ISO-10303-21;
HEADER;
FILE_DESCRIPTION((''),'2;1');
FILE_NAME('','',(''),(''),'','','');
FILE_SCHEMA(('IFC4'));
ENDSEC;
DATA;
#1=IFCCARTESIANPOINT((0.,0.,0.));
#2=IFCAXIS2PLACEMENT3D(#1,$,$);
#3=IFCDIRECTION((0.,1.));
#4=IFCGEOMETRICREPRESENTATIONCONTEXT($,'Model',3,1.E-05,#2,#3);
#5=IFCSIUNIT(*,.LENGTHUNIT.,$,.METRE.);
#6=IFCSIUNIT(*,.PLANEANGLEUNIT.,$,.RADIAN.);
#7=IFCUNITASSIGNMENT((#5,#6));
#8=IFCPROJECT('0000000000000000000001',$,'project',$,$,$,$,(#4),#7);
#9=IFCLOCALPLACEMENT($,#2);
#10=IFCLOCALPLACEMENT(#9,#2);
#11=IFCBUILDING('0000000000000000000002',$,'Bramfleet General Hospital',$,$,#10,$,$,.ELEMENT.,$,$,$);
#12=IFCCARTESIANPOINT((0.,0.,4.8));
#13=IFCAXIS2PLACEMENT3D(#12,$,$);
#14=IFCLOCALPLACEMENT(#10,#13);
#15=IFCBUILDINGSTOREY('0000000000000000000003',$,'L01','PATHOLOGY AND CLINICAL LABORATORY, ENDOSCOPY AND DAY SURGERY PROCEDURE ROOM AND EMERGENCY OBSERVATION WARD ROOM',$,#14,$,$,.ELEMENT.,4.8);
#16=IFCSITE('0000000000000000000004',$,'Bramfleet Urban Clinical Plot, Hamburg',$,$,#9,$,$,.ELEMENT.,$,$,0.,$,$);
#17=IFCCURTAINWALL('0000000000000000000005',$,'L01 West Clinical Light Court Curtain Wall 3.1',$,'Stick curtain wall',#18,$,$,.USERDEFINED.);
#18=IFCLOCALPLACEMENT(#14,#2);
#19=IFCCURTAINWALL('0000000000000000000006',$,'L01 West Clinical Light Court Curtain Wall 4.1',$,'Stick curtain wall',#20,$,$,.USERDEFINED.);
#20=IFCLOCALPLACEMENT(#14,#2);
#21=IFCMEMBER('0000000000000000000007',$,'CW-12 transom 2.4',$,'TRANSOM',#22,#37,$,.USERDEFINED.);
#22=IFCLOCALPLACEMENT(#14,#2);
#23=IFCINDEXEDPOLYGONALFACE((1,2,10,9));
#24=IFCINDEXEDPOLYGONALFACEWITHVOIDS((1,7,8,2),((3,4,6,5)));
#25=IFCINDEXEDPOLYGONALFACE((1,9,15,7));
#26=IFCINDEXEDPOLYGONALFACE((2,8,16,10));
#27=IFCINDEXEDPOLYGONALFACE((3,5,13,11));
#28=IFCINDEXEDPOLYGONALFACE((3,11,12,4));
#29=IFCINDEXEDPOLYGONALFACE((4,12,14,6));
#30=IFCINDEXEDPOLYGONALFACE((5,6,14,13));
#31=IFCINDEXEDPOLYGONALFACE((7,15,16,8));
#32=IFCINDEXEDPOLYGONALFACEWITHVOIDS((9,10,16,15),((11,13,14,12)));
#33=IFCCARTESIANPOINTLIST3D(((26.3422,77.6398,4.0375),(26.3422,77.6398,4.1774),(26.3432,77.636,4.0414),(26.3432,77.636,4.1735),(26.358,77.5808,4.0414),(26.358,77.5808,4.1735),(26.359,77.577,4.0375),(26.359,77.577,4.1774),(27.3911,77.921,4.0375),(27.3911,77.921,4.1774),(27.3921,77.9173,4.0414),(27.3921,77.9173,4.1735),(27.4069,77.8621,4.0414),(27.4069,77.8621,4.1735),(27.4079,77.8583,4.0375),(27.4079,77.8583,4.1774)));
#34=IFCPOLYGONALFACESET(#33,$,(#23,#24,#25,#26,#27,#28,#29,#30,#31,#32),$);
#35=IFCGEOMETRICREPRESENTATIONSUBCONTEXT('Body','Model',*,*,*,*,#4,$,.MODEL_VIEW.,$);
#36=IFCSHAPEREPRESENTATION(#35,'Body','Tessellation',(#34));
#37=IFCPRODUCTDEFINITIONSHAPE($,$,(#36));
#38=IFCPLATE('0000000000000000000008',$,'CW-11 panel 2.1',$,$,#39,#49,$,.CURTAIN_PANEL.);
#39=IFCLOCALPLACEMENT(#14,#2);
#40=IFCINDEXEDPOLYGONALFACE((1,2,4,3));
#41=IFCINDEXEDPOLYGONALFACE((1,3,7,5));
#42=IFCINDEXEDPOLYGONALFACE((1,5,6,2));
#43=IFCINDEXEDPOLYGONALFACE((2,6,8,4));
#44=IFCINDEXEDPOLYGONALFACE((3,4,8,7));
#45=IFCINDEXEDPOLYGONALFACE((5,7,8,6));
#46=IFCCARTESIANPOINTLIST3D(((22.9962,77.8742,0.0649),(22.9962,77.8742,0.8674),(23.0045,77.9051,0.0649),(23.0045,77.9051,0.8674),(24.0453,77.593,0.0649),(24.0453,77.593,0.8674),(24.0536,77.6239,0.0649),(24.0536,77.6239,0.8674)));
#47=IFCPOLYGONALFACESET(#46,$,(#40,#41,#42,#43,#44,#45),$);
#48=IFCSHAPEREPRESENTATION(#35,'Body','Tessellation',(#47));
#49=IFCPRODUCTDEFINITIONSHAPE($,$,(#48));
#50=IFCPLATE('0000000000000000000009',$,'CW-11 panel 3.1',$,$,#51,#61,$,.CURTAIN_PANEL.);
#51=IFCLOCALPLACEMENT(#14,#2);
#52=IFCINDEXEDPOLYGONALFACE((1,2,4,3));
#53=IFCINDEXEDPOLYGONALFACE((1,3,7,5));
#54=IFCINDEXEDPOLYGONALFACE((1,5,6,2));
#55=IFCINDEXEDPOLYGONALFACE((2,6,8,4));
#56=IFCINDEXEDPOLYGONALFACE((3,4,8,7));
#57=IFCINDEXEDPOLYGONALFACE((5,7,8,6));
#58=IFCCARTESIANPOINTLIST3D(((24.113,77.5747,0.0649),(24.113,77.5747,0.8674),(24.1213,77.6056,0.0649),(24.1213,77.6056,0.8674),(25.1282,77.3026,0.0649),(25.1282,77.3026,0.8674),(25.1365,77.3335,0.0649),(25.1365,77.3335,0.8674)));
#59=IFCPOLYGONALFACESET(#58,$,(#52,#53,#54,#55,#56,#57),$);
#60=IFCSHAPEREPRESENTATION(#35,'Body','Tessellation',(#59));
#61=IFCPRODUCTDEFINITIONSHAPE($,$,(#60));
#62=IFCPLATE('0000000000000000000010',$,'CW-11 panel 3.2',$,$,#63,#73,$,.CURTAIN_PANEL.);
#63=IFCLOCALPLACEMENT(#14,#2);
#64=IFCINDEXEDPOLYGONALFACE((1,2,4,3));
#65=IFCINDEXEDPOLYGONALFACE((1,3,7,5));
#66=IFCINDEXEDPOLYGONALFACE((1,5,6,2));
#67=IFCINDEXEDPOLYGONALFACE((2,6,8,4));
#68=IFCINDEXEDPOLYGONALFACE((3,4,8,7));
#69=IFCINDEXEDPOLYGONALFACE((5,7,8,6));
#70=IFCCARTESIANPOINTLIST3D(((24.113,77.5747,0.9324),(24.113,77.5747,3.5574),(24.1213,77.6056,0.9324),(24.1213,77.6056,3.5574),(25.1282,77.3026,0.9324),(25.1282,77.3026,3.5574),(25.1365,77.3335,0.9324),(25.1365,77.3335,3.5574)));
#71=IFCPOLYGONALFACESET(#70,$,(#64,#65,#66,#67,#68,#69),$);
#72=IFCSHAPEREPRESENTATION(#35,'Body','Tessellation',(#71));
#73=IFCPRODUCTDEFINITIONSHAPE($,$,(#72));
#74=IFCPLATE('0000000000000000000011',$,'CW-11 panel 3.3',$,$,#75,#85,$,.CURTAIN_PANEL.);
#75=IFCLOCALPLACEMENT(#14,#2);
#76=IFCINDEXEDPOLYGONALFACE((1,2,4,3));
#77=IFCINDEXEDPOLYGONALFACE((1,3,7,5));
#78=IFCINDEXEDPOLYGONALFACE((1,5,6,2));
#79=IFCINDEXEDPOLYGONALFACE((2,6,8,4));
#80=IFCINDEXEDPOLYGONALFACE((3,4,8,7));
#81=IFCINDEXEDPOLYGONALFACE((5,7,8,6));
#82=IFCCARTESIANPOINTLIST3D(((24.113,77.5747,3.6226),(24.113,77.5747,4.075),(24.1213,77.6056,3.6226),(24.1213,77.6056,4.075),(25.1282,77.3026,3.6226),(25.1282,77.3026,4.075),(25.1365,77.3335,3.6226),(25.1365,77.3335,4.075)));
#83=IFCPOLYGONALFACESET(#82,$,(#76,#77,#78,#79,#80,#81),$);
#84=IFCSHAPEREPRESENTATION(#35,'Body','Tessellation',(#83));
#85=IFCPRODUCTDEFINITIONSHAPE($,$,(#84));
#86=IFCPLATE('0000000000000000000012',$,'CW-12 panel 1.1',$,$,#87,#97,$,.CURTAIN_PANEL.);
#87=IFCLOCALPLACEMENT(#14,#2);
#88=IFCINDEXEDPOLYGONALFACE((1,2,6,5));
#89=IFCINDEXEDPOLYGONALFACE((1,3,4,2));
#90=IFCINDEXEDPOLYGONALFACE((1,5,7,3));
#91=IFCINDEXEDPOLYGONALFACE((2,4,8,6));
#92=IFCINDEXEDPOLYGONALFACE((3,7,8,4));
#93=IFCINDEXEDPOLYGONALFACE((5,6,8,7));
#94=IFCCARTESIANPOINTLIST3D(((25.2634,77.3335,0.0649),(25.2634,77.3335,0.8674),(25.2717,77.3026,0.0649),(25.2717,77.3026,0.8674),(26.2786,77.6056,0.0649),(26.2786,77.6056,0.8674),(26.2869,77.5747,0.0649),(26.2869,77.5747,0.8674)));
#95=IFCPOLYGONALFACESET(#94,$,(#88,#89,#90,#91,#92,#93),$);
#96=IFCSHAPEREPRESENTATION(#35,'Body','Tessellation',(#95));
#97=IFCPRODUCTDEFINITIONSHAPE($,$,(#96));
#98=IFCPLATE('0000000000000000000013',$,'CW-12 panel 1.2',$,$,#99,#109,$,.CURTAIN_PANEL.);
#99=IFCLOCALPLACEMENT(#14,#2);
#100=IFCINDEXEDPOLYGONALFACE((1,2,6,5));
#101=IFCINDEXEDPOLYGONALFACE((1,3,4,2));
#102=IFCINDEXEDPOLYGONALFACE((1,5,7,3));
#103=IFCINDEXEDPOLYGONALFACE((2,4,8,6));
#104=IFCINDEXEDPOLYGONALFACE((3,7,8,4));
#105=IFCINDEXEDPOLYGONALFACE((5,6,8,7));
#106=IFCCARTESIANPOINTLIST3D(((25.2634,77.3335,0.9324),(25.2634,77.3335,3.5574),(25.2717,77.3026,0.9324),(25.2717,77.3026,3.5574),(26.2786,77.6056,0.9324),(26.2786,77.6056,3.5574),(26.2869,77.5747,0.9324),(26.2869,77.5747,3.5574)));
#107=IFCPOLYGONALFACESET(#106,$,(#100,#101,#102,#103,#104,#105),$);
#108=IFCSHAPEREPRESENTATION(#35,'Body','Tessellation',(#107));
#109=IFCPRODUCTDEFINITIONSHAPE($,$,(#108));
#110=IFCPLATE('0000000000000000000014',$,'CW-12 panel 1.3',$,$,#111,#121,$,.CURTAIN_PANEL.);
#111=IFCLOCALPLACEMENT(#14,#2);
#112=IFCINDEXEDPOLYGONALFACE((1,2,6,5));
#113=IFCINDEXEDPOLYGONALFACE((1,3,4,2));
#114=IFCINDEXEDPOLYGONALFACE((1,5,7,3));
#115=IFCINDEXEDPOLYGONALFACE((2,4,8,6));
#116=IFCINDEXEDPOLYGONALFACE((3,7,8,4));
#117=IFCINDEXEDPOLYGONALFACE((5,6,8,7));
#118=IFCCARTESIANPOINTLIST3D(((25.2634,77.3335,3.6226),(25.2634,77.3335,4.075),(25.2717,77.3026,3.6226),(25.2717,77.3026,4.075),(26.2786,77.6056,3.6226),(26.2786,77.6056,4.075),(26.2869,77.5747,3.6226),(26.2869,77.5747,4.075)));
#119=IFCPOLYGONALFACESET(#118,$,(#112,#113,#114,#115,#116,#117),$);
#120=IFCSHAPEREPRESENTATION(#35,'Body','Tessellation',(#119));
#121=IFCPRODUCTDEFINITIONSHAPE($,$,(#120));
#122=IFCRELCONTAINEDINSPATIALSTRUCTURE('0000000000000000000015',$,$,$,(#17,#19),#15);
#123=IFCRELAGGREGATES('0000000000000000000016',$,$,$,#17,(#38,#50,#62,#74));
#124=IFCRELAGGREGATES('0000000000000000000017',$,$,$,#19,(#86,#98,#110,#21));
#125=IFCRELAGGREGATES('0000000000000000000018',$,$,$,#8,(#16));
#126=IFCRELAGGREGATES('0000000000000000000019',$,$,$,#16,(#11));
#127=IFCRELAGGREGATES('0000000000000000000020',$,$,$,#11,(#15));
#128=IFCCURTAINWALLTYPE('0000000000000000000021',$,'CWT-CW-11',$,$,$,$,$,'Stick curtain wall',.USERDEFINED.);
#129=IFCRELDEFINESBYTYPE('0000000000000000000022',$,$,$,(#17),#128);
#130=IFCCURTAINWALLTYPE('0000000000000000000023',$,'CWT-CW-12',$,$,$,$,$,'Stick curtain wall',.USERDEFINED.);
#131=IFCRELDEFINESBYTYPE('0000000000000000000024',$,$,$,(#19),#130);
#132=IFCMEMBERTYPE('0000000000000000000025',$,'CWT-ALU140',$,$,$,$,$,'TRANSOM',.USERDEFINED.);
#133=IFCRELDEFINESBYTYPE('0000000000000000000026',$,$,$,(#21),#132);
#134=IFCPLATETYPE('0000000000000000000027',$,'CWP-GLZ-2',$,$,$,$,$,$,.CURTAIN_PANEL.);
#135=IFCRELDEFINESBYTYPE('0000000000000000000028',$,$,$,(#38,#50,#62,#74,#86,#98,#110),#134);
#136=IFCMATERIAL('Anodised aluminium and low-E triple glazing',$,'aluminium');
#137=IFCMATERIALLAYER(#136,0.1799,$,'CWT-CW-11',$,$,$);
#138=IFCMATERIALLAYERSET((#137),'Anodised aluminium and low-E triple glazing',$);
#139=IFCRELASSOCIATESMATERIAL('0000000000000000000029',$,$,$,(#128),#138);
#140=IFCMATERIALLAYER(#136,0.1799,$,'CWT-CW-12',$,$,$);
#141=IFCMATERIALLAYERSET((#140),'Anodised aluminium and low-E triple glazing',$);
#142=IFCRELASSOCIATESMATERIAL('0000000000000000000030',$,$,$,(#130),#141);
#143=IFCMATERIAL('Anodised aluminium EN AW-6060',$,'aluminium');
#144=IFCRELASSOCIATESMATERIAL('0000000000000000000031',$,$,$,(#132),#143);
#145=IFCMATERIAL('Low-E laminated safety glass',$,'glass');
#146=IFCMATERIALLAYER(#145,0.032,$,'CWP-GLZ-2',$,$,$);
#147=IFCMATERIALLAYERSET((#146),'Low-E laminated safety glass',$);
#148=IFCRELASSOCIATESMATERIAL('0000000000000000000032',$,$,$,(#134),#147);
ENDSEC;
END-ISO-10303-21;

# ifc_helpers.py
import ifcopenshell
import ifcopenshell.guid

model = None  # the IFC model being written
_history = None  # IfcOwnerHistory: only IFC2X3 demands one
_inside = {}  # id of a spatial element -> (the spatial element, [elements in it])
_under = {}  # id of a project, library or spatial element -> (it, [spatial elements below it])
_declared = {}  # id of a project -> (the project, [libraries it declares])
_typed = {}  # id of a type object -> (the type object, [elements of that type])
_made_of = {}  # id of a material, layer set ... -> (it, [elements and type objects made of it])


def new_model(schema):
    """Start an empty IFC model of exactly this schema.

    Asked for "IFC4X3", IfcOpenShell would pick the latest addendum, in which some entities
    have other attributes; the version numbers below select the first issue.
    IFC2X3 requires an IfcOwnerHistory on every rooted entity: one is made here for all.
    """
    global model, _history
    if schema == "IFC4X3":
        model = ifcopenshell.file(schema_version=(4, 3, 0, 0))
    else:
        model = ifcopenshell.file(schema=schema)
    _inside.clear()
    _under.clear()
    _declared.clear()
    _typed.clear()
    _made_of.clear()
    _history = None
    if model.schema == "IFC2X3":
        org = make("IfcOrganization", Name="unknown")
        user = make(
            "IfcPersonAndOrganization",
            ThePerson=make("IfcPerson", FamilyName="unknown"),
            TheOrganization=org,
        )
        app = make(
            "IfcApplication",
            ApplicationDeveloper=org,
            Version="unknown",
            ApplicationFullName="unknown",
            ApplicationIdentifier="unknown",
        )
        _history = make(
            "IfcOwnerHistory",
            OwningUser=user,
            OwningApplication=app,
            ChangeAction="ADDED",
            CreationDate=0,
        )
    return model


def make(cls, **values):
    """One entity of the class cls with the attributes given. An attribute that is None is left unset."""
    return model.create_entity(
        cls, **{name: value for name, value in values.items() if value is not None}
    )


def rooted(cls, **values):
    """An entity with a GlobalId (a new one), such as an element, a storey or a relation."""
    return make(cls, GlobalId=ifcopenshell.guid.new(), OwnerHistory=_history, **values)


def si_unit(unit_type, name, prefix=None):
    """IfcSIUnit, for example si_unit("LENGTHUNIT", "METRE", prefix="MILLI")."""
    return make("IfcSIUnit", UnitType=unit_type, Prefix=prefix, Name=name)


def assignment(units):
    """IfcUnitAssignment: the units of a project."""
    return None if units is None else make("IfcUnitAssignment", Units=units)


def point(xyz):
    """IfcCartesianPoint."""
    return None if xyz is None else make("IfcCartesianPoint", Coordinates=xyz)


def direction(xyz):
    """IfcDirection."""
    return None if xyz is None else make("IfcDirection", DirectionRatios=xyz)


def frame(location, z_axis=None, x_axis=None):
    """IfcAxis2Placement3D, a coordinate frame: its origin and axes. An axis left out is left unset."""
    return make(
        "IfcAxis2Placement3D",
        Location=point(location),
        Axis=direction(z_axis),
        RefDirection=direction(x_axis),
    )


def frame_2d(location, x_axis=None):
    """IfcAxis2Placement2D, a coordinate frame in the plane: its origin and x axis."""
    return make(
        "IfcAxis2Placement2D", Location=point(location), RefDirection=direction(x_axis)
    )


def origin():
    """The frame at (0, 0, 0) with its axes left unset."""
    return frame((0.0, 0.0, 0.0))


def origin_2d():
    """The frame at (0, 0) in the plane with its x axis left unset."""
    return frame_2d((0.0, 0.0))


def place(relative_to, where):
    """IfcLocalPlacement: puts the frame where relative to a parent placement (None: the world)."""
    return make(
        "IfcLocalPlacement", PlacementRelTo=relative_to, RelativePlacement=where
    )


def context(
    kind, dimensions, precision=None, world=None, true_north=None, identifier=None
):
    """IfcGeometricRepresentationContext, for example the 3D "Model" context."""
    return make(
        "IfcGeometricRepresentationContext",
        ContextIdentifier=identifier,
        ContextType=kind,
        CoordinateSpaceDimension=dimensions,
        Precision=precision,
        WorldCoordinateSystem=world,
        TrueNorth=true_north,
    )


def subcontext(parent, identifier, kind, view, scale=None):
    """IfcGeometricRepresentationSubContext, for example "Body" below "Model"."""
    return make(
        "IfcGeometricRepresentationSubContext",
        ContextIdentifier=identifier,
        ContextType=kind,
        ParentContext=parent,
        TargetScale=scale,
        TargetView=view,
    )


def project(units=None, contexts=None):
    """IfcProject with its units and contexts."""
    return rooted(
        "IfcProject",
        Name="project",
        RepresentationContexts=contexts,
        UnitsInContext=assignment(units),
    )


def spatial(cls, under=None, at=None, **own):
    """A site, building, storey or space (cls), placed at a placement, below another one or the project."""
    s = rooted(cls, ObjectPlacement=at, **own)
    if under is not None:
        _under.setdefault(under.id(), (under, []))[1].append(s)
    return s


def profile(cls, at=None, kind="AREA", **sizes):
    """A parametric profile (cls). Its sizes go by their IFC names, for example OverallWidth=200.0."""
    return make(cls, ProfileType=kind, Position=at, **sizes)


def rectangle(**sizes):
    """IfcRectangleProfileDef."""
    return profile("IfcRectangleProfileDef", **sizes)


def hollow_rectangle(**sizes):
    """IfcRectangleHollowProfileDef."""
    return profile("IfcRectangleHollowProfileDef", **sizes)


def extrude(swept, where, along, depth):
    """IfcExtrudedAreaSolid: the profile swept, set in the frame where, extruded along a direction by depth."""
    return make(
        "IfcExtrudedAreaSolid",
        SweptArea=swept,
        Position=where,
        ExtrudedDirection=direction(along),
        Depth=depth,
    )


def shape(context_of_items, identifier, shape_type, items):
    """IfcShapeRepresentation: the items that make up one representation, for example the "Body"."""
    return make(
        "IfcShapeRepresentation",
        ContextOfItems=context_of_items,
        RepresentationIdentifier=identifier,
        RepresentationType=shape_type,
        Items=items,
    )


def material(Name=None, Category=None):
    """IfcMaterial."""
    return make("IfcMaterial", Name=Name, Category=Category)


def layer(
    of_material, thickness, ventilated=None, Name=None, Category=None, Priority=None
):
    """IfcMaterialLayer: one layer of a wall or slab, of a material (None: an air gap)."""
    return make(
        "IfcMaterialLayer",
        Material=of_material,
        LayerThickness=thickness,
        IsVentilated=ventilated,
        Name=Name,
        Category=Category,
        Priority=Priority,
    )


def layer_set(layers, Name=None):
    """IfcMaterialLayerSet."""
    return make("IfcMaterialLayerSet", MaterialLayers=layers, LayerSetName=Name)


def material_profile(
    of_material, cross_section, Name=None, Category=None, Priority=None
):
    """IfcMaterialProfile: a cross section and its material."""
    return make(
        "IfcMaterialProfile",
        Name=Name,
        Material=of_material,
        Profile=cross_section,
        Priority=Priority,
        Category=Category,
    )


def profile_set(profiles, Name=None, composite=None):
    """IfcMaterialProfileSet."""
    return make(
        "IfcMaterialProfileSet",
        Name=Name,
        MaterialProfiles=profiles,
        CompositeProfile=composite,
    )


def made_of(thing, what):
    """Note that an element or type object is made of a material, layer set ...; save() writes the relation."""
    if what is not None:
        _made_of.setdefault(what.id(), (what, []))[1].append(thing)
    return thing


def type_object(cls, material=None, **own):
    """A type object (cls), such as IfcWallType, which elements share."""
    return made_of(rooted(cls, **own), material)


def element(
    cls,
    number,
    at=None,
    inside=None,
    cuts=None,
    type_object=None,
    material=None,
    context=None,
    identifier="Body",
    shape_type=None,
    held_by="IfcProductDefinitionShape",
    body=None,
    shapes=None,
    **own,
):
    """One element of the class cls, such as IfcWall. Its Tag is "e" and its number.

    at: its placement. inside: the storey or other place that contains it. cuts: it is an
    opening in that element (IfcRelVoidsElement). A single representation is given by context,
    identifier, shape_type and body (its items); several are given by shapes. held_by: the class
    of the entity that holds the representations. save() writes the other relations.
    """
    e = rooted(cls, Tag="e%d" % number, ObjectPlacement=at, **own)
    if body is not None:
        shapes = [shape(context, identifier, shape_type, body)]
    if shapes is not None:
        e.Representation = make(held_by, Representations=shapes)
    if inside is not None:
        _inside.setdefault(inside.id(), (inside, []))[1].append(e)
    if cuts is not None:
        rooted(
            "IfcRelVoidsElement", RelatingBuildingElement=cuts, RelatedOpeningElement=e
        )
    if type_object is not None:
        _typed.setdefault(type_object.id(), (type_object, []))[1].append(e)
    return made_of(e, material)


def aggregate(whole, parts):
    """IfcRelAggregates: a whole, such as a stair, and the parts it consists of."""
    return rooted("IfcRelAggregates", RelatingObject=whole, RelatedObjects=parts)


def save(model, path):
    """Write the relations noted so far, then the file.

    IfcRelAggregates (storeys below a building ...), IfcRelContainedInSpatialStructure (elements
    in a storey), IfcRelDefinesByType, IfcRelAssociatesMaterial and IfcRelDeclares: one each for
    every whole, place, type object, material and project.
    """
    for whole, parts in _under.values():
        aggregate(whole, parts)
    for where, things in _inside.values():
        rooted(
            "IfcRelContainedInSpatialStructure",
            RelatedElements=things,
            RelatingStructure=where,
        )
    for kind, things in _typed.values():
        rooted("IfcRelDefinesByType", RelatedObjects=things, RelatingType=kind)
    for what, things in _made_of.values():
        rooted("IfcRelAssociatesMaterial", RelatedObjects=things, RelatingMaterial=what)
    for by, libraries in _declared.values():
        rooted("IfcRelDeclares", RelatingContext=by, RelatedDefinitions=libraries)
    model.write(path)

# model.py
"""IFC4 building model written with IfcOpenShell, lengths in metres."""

from ifc_helpers import new_model, si_unit, direction, frame, origin, origin_2d, place, context, subcontext, project, spatial, rectangle, hollow_rectangle, extrude, material, layer, layer_set, material_profile, profile_set, type_object, element, aggregate, save


model = new_model("IFC4")

# Units and contexts
model_context = context("Model", 3, precision=1e-05, world=origin(), true_north=direction((0.0, 1.0)))
body_context = subcontext(model_context, "Body", "Model", "MODEL_VIEW")
ifc_project = project(units=[si_unit("LENGTHUNIT", "METRE"), si_unit("PLANEANGLEUNIT", "RADIAN")], contexts=[model_context])

# Site, building, storey
site_placement = place(None, origin())
site = spatial("IfcSite", under=ifc_project, at=site_placement, Name="Bramfleet Urban Clinical Plot, Hamburg", CompositionType="ELEMENT", RefElevation=0.0)
building_placement = place(site_placement, origin())
building = spatial("IfcBuilding", under=site, at=building_placement, Name="Bramfleet General Hospital", CompositionType="ELEMENT")
storey_placement = place(building_placement, frame((0.0, 0.0, 4.8)))
storey = spatial("IfcBuildingStorey", under=building, at=storey_placement, Name="L01", Description="PATHOLOGY AND CLINICAL LABORATORY, ENDOSCOPY AND DAY SURGERY PROCEDURE ROOM AND EMERGENCY OBSERVATION WARD ROOM", CompositionType="ELEMENT", Elevation=4.8)

# Curtain walls
ifc_material_1 = material(Name="Anodised aluminium and low-E triple glazing", Category="aluminium")
ifc_layer_1 = layer(ifc_material_1, 0.1799, Name="CWT-CW-11")
ifc_layer_set_1 = layer_set([ifc_layer_1], Name="Anodised aluminium and low-E triple glazing")
curtain_wall_type_1 = type_object("IfcCurtainWallType", Name="CWT-CW-11", ElementType="Stick curtain wall", PredefinedType="USERDEFINED", material=ifc_layer_set_1)
curtain_wall_1_placement = place(storey_placement, origin())
curtain_wall_1 = element("IfcCurtainWall", 1, at=curtain_wall_1_placement, inside=storey, type_object=curtain_wall_type_1, Name="L01 West Clinical Light Court Curtain Wall 3.1", ObjectType="Stick curtain wall", PredefinedType="USERDEFINED")
ifc_material_2 = material(Name="Anodised aluminium EN AW-6060", Category="aluminium")
ifc_layer_2 = layer(ifc_material_1, 0.1799, Name="CWT-CW-12")
ifc_layer_set_2 = layer_set([ifc_layer_2], Name="Anodised aluminium and low-E triple glazing")
curtain_wall_type_2 = type_object("IfcCurtainWallType", Name="CWT-CW-12", ElementType="Stick curtain wall", PredefinedType="USERDEFINED", material=ifc_layer_set_2)
curtain_wall_2_placement = place(storey_placement, origin())
curtain_wall_2 = element("IfcCurtainWall", 2, at=curtain_wall_2_placement, inside=storey, type_object=curtain_wall_type_2, Name="L01 West Clinical Light Court Curtain Wall 4.1", ObjectType="Stick curtain wall", PredefinedType="USERDEFINED")

# Member
ifc_material_profile_1 = material_profile(ifc_material_2, hollow_rectangle(XDim=0.0649, YDim=0.1399, WallThickness=0.0039, at=origin_2d()), Name="ALU 140x65x4.0")
ifc_profile_set_1 = profile_set([ifc_material_profile_1], Name="Anodised aluminium EN AW-6060")
member_type_1 = type_object("IfcMemberType", Name="CWT-ALU140", ElementType="TRANSOM", PredefinedType="USERDEFINED", material=ifc_profile_set_1)
member_1_placement = place(storey_placement, frame((26.3506, 77.6084, 4.1074), z_axis=(0.965876, 0.259006, 0.0), x_axis=(-0.259006, 0.965876, 0.0)))
member_1 = element("IfcMember", 3, at=member_1_placement, type_object=member_type_1, Name="CW-12 transom 2.4", ObjectType="TRANSOM", PredefinedType="USERDEFINED", context=body_context, shape_type="SweptSolid", body=[
    extrude(hollow_rectangle(XDim=0.0649, YDim=0.1399, WallThickness=0.0039, at=origin_2d()), origin(), (0.0, 0.0, 1.0), 1.0859),
])

# Plates
ifc_material_3 = material(Name="Low-E laminated safety glass", Category="glass")
ifc_layer_3 = layer(ifc_material_3, 0.032, Name="CWP-GLZ-2")
ifc_layer_set_3 = layer_set([ifc_layer_3], Name="Low-E laminated safety glass")
plate_type = type_object("IfcPlateType", Name="CWP-GLZ-2", PredefinedType="CURTAIN_PANEL", material=ifc_layer_set_3)
plate_1_placement = place(storey_placement, frame((23.5249, 77.749, 0.0649), z_axis=(0.0, 0.0, 1.0), x_axis=(0.965899, -0.258919, 0.0)))
plate_1 = element("IfcPlate", 4, at=plate_1_placement, type_object=plate_type, Name="CW-11 panel 2.1", PredefinedType="CURTAIN_PANEL", context=body_context, shape_type="SweptSolid", body=[
    extrude(rectangle(XDim=1.0862, YDim=0.032, at=origin_2d()), origin(), (0.0, 0.0, 1.0), 0.8025),
])
plate_2_placement = place(storey_placement, frame((24.6248, 77.4541, 0.0649), z_axis=(0.0, 0.0, 1.0), x_axis=(0.965899, -0.258919, 0.0)))
plate_2 = element("IfcPlate", 5, at=plate_2_placement, type_object=plate_type, Name="CW-11 panel 3.1", PredefinedType="CURTAIN_PANEL", context=body_context, shape_type="SweptSolid", body=[
    extrude(rectangle(XDim=1.051, YDim=0.032, at=origin_2d()), origin(), (0.0, 0.0, 1.0), 0.8025),
])
plate_3_placement = place(storey_placement, frame((24.6248, 77.4541, 0.9324), z_axis=(0.0, 0.0, 1.0), x_axis=(0.965899, -0.258919, 0.0)))
plate_3 = element("IfcPlate", 6, at=plate_3_placement, type_object=plate_type, Name="CW-11 panel 3.2", PredefinedType="CURTAIN_PANEL", context=body_context, shape_type="SweptSolid", body=[
    extrude(rectangle(XDim=1.051, YDim=0.032, at=origin_2d()), origin(), (0.0, 0.0, 1.0), 2.625),
])
plate_4_placement = place(storey_placement, frame((24.6248, 77.4541, 3.6226), z_axis=(0.0, 0.0, 1.0), x_axis=(0.965899, -0.258919, 0.0)))
plate_4 = element("IfcPlate", 7, at=plate_4_placement, type_object=plate_type, Name="CW-11 panel 3.3", PredefinedType="CURTAIN_PANEL", context=body_context, shape_type="SweptSolid", body=[
    extrude(rectangle(XDim=1.051, YDim=0.032, at=origin_2d()), origin(), (0.0, 0.0, 1.0), 0.4524),
])
aggregate(curtain_wall_1, [plate_1, plate_2, plate_3, plate_4])
plate_5_placement = place(storey_placement, frame((25.7751, 77.4541, 0.0649), z_axis=(0.0, 0.0, 1.0), x_axis=(0.965899, 0.258919, 0.0)))
plate_5 = element("IfcPlate", 8, at=plate_5_placement, type_object=plate_type, Name="CW-12 panel 1.1", PredefinedType="CURTAIN_PANEL", context=body_context, shape_type="SweptSolid", body=[
    extrude(rectangle(XDim=1.051, YDim=0.032, at=origin_2d()), origin(), (0.0, 0.0, 1.0), 0.8025),
])
plate_6_placement = place(storey_placement, frame((25.7751, 77.4541, 0.9324), z_axis=(0.0, 0.0, 1.0), x_axis=(0.965899, 0.258919, 0.0)))
plate_6 = element("IfcPlate", 9, at=plate_6_placement, type_object=plate_type, Name="CW-12 panel 1.2", PredefinedType="CURTAIN_PANEL", context=body_context, shape_type="SweptSolid", body=[
    extrude(rectangle(XDim=1.051, YDim=0.032, at=origin_2d()), origin(), (0.0, 0.0, 1.0), 2.625),
])
plate_7_placement = place(storey_placement, frame((25.7751, 77.4541, 3.6226), z_axis=(0.0, 0.0, 1.0), x_axis=(0.965899, 0.258919, 0.0)))
plate_7 = element("IfcPlate", 10, at=plate_7_placement, type_object=plate_type, Name="CW-12 panel 1.3", PredefinedType="CURTAIN_PANEL", context=body_context, shape_type="SweptSolid", body=[
    extrude(rectangle(XDim=1.051, YDim=0.032, at=origin_2d()), origin(), (0.0, 0.0, 1.0), 0.4524),
])
aggregate(curtain_wall_2, [plate_5, plate_6, plate_7, member_1])

save(model, "model.ifc")
